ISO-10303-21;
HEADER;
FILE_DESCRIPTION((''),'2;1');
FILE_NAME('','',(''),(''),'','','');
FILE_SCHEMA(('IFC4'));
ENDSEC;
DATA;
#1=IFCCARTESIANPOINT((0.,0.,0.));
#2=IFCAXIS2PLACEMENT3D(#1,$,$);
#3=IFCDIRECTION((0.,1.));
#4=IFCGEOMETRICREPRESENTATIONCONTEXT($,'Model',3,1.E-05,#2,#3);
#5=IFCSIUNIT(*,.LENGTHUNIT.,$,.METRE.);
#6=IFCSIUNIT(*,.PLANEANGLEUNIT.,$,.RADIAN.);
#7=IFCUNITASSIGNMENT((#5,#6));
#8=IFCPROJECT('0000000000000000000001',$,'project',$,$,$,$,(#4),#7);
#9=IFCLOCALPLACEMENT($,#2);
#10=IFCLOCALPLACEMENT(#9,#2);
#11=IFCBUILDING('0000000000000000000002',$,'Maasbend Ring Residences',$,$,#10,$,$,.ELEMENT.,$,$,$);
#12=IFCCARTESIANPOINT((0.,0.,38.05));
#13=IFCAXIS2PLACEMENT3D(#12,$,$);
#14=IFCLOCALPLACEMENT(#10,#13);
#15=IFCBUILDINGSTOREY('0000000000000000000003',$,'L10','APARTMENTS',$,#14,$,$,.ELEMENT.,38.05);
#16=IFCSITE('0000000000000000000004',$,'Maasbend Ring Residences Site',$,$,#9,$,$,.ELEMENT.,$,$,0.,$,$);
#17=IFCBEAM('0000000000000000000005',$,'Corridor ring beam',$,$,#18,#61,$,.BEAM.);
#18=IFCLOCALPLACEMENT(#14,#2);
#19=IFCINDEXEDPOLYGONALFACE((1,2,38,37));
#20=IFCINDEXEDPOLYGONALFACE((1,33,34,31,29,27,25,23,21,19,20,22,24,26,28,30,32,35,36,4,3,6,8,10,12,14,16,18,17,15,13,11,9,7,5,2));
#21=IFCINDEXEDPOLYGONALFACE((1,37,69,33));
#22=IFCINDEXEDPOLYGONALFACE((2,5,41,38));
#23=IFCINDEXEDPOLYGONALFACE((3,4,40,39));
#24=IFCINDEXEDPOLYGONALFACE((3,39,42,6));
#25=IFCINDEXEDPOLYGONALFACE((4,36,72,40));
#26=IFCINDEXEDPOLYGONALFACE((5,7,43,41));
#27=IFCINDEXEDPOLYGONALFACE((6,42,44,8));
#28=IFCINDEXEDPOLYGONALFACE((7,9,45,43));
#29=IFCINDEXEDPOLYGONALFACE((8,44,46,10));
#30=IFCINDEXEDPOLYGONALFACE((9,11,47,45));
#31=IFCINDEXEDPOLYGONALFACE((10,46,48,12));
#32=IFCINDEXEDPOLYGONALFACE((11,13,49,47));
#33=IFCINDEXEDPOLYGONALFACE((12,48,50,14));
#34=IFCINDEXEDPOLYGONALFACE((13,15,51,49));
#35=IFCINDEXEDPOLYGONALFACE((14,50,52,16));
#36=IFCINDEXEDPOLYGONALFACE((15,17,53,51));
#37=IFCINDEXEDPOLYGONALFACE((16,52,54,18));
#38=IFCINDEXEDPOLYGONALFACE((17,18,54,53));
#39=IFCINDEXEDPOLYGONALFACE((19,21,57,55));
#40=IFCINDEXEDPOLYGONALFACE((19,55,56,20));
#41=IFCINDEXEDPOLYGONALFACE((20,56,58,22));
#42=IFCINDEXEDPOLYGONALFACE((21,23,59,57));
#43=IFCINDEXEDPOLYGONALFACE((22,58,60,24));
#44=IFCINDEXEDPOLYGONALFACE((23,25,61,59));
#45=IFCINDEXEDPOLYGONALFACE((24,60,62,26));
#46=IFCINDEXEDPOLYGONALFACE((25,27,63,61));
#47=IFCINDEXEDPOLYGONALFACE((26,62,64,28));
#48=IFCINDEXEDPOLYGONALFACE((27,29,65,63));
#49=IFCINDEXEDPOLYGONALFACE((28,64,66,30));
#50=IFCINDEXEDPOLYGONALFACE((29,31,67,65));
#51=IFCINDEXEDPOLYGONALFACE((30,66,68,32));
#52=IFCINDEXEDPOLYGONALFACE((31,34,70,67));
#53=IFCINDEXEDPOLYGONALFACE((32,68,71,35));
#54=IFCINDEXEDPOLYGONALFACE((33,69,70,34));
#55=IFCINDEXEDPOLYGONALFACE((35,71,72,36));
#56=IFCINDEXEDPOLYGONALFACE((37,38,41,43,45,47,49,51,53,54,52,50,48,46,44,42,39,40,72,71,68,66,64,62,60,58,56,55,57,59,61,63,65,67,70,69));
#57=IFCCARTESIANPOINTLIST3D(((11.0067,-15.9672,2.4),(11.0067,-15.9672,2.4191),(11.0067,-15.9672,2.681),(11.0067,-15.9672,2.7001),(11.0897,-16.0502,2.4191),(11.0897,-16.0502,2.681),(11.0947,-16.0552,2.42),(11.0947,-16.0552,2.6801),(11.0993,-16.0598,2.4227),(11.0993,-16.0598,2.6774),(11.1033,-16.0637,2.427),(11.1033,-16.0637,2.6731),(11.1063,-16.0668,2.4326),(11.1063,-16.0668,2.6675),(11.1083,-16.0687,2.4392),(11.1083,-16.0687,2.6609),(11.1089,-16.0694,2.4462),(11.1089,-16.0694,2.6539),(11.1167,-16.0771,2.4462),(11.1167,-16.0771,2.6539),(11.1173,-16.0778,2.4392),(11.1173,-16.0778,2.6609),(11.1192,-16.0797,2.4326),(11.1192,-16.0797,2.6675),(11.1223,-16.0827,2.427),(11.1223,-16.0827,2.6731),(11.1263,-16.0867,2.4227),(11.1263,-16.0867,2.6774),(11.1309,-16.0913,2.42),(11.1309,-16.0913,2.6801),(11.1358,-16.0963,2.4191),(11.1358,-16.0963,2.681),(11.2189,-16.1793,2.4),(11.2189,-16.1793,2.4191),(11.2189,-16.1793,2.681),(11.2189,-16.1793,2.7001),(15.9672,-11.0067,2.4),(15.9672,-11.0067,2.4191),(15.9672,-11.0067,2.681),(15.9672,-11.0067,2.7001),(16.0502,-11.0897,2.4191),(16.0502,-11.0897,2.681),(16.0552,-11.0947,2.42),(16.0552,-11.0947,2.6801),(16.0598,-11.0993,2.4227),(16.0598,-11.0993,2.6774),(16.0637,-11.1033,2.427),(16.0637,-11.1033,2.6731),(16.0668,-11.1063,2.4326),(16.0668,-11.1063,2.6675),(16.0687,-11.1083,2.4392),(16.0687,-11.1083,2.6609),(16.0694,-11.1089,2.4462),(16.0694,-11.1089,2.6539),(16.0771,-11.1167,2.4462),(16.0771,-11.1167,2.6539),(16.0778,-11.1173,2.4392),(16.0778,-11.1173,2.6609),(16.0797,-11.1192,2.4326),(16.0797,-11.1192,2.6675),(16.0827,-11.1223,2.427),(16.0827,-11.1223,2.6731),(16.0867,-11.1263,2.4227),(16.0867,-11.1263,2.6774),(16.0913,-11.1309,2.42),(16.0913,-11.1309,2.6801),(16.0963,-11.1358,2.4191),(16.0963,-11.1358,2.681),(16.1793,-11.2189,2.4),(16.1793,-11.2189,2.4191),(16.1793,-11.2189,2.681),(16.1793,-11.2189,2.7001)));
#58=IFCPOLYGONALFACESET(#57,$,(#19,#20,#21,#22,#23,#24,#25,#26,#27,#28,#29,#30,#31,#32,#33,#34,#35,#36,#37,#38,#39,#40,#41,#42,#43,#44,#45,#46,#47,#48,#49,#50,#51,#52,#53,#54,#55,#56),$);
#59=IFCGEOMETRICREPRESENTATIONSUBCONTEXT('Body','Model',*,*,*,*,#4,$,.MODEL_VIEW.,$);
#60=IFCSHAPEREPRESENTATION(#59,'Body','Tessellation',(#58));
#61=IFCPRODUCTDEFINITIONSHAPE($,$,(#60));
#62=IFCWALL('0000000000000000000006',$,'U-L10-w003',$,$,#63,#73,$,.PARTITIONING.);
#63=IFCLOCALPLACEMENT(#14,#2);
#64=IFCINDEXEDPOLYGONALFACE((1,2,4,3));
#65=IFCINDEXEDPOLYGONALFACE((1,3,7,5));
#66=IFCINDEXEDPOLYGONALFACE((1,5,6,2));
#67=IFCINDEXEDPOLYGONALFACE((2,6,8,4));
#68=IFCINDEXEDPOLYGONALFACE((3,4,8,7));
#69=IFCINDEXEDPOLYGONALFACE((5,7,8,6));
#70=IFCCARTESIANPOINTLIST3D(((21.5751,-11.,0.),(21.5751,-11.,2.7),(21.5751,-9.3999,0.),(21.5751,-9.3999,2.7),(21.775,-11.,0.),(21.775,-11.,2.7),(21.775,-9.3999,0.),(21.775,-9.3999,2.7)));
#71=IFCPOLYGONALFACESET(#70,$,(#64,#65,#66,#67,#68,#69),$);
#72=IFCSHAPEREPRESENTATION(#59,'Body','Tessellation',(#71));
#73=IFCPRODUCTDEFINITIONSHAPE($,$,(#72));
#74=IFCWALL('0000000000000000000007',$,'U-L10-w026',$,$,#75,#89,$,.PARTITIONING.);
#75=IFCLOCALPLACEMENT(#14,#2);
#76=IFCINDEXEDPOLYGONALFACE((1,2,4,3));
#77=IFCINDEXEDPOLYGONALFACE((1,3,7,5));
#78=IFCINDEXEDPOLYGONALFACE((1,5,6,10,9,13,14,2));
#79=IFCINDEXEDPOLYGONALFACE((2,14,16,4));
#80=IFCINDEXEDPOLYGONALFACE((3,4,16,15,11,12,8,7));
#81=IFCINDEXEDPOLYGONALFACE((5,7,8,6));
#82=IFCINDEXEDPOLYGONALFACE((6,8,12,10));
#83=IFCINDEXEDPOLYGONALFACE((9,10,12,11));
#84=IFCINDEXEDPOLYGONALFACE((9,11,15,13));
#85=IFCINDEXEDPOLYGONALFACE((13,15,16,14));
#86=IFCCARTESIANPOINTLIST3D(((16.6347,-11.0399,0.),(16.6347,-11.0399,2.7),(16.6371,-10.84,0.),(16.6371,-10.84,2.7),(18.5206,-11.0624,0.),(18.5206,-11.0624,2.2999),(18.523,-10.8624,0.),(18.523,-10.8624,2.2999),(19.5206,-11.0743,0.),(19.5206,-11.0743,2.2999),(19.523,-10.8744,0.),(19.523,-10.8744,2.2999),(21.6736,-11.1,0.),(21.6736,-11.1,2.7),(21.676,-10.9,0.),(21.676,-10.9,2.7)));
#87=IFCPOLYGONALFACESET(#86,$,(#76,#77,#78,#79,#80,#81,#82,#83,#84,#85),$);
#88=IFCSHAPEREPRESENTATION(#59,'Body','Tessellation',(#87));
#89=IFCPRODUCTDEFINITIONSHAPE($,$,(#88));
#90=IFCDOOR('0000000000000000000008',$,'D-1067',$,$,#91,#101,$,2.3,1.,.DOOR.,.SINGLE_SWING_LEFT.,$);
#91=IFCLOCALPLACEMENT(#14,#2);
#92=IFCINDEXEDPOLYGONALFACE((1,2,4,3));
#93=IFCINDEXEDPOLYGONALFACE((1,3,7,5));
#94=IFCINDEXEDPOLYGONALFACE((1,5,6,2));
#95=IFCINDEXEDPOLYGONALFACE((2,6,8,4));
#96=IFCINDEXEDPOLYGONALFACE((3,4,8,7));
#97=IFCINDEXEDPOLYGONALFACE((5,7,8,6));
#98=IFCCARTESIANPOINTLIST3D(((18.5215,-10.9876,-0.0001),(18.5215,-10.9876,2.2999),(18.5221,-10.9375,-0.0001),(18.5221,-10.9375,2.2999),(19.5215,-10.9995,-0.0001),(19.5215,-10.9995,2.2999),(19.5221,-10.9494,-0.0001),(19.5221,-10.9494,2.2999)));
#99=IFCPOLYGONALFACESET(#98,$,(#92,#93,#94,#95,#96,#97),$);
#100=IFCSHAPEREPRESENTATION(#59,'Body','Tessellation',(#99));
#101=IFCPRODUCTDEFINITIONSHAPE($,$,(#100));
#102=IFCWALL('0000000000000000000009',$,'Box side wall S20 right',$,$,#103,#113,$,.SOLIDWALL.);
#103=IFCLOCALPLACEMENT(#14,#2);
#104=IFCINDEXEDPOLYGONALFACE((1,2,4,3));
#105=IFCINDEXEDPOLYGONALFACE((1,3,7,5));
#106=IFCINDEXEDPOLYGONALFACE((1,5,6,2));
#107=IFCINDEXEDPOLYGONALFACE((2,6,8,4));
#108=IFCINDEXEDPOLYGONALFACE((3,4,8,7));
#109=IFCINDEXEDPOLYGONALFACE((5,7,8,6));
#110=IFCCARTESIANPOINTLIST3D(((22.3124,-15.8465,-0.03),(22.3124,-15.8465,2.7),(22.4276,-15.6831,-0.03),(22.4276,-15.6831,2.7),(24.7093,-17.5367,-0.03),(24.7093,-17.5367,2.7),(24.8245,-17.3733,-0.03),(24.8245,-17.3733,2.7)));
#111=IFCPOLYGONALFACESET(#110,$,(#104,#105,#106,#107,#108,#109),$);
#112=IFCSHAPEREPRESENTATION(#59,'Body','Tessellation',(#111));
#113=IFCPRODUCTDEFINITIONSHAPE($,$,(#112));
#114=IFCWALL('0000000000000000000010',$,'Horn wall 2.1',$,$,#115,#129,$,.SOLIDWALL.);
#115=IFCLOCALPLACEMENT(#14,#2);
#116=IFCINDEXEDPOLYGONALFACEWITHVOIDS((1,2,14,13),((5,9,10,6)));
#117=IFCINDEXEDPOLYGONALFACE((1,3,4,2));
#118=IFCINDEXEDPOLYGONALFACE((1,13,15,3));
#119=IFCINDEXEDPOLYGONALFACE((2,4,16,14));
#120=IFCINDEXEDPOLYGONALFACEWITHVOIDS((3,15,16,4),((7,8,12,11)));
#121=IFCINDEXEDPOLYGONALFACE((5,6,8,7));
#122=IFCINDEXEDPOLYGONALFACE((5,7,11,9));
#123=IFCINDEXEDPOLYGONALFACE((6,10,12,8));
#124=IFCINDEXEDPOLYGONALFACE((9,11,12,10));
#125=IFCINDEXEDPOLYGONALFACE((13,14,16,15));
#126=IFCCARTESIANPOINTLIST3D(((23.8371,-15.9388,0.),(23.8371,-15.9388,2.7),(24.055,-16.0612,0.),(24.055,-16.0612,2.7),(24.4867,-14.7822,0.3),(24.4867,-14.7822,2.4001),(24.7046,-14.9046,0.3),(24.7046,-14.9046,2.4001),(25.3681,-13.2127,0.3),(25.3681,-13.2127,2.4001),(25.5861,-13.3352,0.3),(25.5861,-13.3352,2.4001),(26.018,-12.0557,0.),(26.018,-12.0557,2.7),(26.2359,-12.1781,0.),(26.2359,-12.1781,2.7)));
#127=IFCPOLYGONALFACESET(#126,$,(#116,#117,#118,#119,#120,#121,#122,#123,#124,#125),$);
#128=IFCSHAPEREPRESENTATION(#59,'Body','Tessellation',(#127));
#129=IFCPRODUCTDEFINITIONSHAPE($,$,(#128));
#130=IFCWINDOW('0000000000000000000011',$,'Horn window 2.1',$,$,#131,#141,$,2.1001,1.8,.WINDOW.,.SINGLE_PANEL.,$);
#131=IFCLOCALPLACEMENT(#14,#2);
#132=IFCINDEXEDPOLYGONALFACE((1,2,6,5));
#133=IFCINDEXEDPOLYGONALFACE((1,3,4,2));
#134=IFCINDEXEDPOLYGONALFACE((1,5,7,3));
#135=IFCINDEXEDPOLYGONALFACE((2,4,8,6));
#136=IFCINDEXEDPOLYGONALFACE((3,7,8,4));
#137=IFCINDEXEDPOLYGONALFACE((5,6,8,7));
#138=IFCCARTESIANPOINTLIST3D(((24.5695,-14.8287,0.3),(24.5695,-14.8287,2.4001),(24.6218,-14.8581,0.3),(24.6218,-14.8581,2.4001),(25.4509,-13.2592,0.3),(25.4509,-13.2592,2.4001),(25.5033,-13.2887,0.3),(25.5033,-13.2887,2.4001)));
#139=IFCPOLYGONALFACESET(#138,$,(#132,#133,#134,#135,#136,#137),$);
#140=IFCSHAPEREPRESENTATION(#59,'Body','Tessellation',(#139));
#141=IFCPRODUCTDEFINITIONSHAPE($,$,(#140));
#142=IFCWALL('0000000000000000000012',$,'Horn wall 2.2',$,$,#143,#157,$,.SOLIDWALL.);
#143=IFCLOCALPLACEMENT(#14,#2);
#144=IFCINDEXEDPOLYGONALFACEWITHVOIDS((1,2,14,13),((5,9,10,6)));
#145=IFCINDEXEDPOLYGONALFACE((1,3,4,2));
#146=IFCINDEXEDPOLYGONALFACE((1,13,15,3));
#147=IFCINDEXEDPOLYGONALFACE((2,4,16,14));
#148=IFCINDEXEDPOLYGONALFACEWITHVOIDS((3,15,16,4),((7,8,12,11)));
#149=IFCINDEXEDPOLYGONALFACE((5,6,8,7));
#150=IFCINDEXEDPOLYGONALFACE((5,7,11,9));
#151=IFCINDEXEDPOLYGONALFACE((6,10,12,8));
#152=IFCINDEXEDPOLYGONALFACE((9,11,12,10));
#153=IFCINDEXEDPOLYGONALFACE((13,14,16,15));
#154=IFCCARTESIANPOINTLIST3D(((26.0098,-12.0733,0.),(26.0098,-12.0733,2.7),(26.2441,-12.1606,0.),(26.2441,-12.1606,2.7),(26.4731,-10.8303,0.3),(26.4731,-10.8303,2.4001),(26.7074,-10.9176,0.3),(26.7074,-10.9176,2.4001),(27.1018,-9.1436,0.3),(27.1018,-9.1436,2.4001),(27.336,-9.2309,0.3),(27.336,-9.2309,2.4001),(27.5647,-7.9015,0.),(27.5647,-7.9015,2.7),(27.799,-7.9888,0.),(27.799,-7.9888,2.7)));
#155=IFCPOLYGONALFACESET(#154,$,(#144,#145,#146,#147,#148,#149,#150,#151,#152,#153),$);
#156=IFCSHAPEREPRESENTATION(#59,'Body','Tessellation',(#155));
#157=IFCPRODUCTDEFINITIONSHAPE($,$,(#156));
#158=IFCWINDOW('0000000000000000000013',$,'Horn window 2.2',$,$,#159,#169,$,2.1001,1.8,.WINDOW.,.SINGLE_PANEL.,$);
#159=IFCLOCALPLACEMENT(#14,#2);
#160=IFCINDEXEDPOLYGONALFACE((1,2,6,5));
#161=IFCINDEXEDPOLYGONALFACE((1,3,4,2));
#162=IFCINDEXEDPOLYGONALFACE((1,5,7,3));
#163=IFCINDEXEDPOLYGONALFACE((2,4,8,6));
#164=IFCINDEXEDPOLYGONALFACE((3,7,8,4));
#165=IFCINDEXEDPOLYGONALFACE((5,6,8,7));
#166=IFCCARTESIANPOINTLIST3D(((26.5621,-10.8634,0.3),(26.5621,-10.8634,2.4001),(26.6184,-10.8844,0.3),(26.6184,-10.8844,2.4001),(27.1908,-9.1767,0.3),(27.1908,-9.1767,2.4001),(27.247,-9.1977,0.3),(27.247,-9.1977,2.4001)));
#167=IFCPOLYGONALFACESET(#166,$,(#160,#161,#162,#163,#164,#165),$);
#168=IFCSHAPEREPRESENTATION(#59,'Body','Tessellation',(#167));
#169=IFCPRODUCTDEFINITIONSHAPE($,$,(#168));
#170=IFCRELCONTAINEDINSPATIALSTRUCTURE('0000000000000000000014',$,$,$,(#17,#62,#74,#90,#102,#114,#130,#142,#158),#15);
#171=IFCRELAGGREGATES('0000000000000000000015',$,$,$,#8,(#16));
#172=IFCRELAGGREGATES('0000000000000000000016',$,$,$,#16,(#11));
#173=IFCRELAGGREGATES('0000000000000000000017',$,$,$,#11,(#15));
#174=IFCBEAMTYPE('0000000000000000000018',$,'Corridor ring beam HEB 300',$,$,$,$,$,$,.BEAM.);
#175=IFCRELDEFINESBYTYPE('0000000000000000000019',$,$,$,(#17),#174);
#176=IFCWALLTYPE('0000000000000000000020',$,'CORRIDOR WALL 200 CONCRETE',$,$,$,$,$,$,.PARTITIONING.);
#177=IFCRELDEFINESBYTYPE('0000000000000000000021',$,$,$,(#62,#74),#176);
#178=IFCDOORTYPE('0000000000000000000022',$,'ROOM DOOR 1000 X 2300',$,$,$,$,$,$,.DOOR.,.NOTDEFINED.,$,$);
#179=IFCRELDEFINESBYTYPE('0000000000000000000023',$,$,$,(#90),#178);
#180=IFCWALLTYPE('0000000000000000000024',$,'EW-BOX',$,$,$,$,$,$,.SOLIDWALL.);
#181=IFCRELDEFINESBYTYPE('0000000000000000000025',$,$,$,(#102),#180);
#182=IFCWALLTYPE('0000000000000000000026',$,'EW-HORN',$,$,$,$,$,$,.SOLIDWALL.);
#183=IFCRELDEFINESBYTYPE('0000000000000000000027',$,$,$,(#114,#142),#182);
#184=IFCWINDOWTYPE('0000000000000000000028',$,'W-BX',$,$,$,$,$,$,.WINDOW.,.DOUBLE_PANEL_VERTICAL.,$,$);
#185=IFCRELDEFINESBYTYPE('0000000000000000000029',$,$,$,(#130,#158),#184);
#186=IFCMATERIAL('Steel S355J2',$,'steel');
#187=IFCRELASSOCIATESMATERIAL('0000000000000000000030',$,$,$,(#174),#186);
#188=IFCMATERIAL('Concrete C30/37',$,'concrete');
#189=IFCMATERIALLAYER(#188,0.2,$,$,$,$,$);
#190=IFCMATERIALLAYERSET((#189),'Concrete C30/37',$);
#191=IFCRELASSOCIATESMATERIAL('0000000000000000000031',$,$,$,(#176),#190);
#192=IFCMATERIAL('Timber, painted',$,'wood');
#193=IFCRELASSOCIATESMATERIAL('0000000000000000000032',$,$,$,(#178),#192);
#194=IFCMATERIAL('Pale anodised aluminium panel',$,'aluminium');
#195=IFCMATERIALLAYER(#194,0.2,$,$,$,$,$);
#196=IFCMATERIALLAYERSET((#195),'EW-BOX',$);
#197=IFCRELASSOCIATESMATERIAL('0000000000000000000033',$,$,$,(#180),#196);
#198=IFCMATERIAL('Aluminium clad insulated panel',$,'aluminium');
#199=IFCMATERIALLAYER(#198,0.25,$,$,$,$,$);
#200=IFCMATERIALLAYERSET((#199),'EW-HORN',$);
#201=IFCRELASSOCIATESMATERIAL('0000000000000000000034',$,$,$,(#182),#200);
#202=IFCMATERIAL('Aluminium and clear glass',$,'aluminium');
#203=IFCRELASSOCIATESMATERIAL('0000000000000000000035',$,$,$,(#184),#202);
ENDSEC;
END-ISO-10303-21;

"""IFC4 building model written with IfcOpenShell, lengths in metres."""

from ifc_helpers import new_model, si_unit, direction, frame, frame_2d, origin, origin_2d, place, context, subcontext, project, spatial, rectangle, i_section, extrude, material, layer, layer_set, material_profile, profile_set, type_object, element, fill, save


model = new_model("IFC4")

# Units and contexts
model_context = context("Model", 3, precision=1e-05, world=origin(), true_north=direction((0.0, 1.0)))
body_context = subcontext(model_context, "Body", "Model", "MODEL_VIEW")
ifc_project = project(units=[si_unit("LENGTHUNIT", "METRE"), si_unit("PLANEANGLEUNIT", "RADIAN")], contexts=[model_context])

# Site, building, storey
site_placement = place(None, origin())
site = spatial("IfcSite", under=ifc_project, at=site_placement, Name="Maasbend Ring Residences Site", CompositionType="ELEMENT", RefElevation=0.0)
building_placement = place(site_placement, origin())
building = spatial("IfcBuilding", under=site, at=building_placement, Name="Maasbend Ring Residences", CompositionType="ELEMENT")
storey_placement = place(building_placement, frame((0.0, 0.0, 38.05)))
storey = spatial("IfcBuildingStorey", under=building, at=storey_placement, Name="L10", Description="APARTMENTS", CompositionType="ELEMENT", Elevation=38.05)

# Beam
ifc_material_1 = material(Name="Steel S355J2", Category="steel")
ifc_material_profile_1 = material_profile(ifc_material_1, i_section(OverallWidth=0.3, OverallDepth=0.3, WebThickness=0.011, FlangeThickness=0.019, FilletRadius=0.0271, at=origin_2d()), Name="HEB 300")
ifc_profile_set_1 = profile_set([ifc_material_profile_1], Name="Steel S355J2")
beam_type = type_object("IfcBeamType", Name="Corridor ring beam HEB 300", PredefinedType="BEAM", material=ifc_profile_set_1)
beam_placement = place(storey_placement, frame((11.1128, -16.0732, 2.55), z_axis=(0.707107, 0.707107, 0.0), x_axis=(-0.707107, 0.707107, 0.0)))
element("IfcBeam", 1, at=beam_placement, inside=storey, type_object=beam_type, Name="Corridor ring beam", PredefinedType="BEAM", context=body_context, shape_type="SweptSolid", body=[
    extrude(i_section(OverallWidth=0.3, OverallDepth=0.3, WebThickness=0.011, FlangeThickness=0.019, FilletRadius=0.0271, at=origin_2d()), origin(), (0.0, 0.0, 1.0), 7.0151),
])

# Wall
ifc_material_2 = material(Name="Concrete C30/37", Category="concrete")
ifc_layer_1 = layer(ifc_material_2, 0.2)
ifc_layer_set_1 = layer_set([ifc_layer_1], Name="Concrete C30/37")
wall_type_1 = type_object("IfcWallType", Name="CORRIDOR WALL 200 CONCRETE", PredefinedType="PARTITIONING", material=ifc_layer_set_1)
wall_1_placement = place(storey_placement, frame((21.675, -11.0, 0.0), z_axis=(0.0, 0.0, 1.0), x_axis=(0.0, 1.0, 0.0)))
element("IfcWall", 2, at=wall_1_placement, inside=storey, type_object=wall_type_1, Name="U-L10-w003", PredefinedType="PARTITIONING", context=body_context, shape_type="SweptSolid", body=[
    extrude(rectangle(XDim=1.6001, YDim=0.2, at=frame_2d((0.8, 0.0))), origin(), (0.0, 0.0, 1.0), 2.7),
])

# Wall, opening, door
wall_2_placement = place(storey_placement, frame((16.636, -10.9399, 0.0), z_axis=(0.0, 0.0, 1.0), x_axis=(0.999929, -0.011918, 0.0)))
wall_2 = element("IfcWall", 3, at=wall_2_placement, inside=storey, type_object=wall_type_1, Name="U-L10-w026", PredefinedType="PARTITIONING", context=body_context, shape_type="SweptSolid", body=[
    extrude(rectangle(XDim=5.0393, YDim=0.2, at=frame_2d((2.5195, 0.0))), origin(), (0.0, 0.0, 1.0), 2.7),
])
opening_1_placement = place(wall_2_placement, frame((1.886, 0.0, 0.0)))
opening_1 = element("IfcOpeningElement", 4, at=opening_1_placement, cuts=wall_2, PredefinedType="OPENING", context=body_context, shape_type="SweptSolid", body=[
    extrude(rectangle(XDim=1.0, YDim=2.3, at=frame_2d((0.5, 1.1499))), frame((0.0, 0.1099, 0.0), z_axis=(0.0, -1.0, 0.0), x_axis=(1.0, 0.0, 0.0)), (0.0, 0.0, 1.0), 0.22),
])
ifc_material_3 = material(Name="Timber, painted", Category="wood")
door_type_1 = type_object("IfcDoorType", Name="ROOM DOOR 1000 X 2300", OperationType="NOTDEFINED", PredefinedType="DOOR", material=ifc_material_3)
door_1_placement = place(opening_1_placement, origin())
door_1 = element("IfcDoor", 5, at=door_1_placement, inside=storey, type_object=door_type_1, Name="D-1067", OperationType="SINGLE_SWING_LEFT", OverallHeight=2.3, OverallWidth=1.0, PredefinedType="DOOR", context=body_context, shape_type="SweptSolid", body=[
    extrude(rectangle(XDim=1.0, YDim=2.3, at=frame_2d((0.5, 1.1499))), frame((0.0, 0.0249, 0.0), z_axis=(0.0, -1.0, 0.0), x_axis=(1.0, 0.0, 0.0)), (0.0, 0.0, 1.0), 0.05),
])
fill(opening_1, door_1)

# Wall
ifc_material_4 = material(Name="Pale anodised aluminium panel", Category="aluminium")
ifc_layer_2 = layer(ifc_material_4, 0.2)
ifc_layer_set_2 = layer_set([ifc_layer_2], Name="EW-BOX")
wall_type_2 = type_object("IfcWallType", Name="EW-BOX", PredefinedType="SOLIDWALL", material=ifc_layer_set_2)
wall_3_placement = place(storey_placement, frame((22.3701, -15.7649, -0.03), z_axis=(0.0, 0.0, 1.0), x_axis=(0.817256, -0.576275, 0.0)))
element("IfcWall", 6, at=wall_3_placement, inside=storey, type_object=wall_type_2, Name="Box side wall S20 right", PredefinedType="SOLIDWALL", context=body_context, shape_type="SweptSolid", body=[
    extrude(rectangle(XDim=2.9329, YDim=0.2, at=frame_2d((1.4663, 0.0))), origin(), (0.0, 0.0, 1.0), 2.73),
])

# Walls, openings, windows
ifc_material_5 = material(Name="Aluminium clad insulated panel", Category="aluminium")
ifc_layer_3 = layer(ifc_material_5, 0.25)
ifc_layer_set_3 = layer_set([ifc_layer_3], Name="EW-HORN")
wall_type_3 = type_object("IfcWallType", Name="EW-HORN", PredefinedType="SOLIDWALL", material=ifc_layer_set_3)
wall_4_placement = place(storey_placement, frame((23.946, -16.0, 0.0), z_axis=(0.0, 0.0, 1.0), x_axis=(0.489696, 0.871893, 0.0)))
wall_4 = element("IfcWall", 7, at=wall_4_placement, inside=storey, type_object=wall_type_3, Name="Horn wall 2.1", PredefinedType="SOLIDWALL", context=body_context, shape_type="SweptSolid", body=[
    extrude(rectangle(XDim=4.4536, YDim=0.25, at=frame_2d((2.2268, 0.0))), origin(), (0.0, 0.0, 1.0), 2.7),
])
opening_2_placement = place(wall_4_placement, frame((1.3267, 0.0, 0.3)))
opening_2 = element("IfcOpeningElement", 8, at=opening_2_placement, cuts=wall_4, PredefinedType="OPENING", context=body_context, shape_type="SweptSolid", body=[
    extrude(rectangle(XDim=1.8, YDim=2.1001, at=frame_2d((0.8999, 1.05))), frame((0.0, 0.135, 0.0), z_axis=(0.0, -1.0, 0.0), x_axis=(1.0, 0.0, 0.0)), (0.0, 0.0, 1.0), 0.27),
])
ifc_material_6 = material(Name="Aluminium and clear glass", Category="aluminium")
window_type = type_object("IfcWindowType", Name="W-BX", PartitioningType="DOUBLE_PANEL_VERTICAL", PredefinedType="WINDOW", material=ifc_material_6)
window_1_placement = place(opening_2_placement, origin())
window_1 = element("IfcWindow", 9, at=window_1_placement, inside=storey, type_object=window_type, Name="Horn window 2.1", OverallHeight=2.1001, OverallWidth=1.8, PartitioningType="SINGLE_PANEL", PredefinedType="WINDOW", context=body_context, shape_type="SweptSolid", body=[
    extrude(rectangle(XDim=1.8, YDim=2.1001, at=frame_2d((0.8999, 1.05))), frame((0.0, 0.03, 0.0), z_axis=(0.0, -1.0, 0.0), x_axis=(1.0, 0.0, 0.0)), (0.0, 0.0, 1.0), 0.0601),
])
fill(opening_2, window_1)
wall_5_placement = place(storey_placement, frame((26.127, -12.1169, 0.0), z_axis=(0.0, 0.0, 1.0), x_axis=(0.349248, 0.93703, 0.0)))
wall_5 = element("IfcWall", 10, at=wall_5_placement, inside=storey, type_object=wall_type_3, Name="Horn wall 2.2", PredefinedType="SOLIDWALL", context=body_context, shape_type="SweptSolid", body=[
    extrude(rectangle(XDim=4.4521, YDim=0.25, at=frame_2d((2.2261, 0.0))), origin(), (0.0, 0.0, 1.0), 2.7),
])
opening_3_placement = place(wall_5_placement, frame((1.3267, 0.0, 0.3)))
opening_3 = element("IfcOpeningElement", 11, at=opening_3_placement, cuts=wall_5, PredefinedType="OPENING", context=body_context, shape_type="SweptSolid", body=[
    extrude(rectangle(XDim=1.8, YDim=2.1001, at=frame_2d((0.8999, 1.05))), frame((0.0, 0.135, 0.0), z_axis=(0.0, -1.0, 0.0), x_axis=(1.0, 0.0, 0.0)), (0.0, 0.0, 1.0), 0.27),
])
window_2_placement = place(opening_3_placement, origin())
window_2 = element("IfcWindow", 12, at=window_2_placement, inside=storey, type_object=window_type, Name="Horn window 2.2", OverallHeight=2.1001, OverallWidth=1.8, PartitioningType="SINGLE_PANEL", PredefinedType="WINDOW", context=body_context, shape_type="SweptSolid", body=[
    extrude(rectangle(XDim=1.8, YDim=2.1001, at=frame_2d((0.8999, 1.05))), frame((0.0, 0.03, 0.0), z_axis=(0.0, -1.0, 0.0), x_axis=(1.0, 0.0, 0.0)), (0.0, 0.0, 1.0), 0.0601),
])
fill(opening_3, window_2)

save(model, "model.ifc")
